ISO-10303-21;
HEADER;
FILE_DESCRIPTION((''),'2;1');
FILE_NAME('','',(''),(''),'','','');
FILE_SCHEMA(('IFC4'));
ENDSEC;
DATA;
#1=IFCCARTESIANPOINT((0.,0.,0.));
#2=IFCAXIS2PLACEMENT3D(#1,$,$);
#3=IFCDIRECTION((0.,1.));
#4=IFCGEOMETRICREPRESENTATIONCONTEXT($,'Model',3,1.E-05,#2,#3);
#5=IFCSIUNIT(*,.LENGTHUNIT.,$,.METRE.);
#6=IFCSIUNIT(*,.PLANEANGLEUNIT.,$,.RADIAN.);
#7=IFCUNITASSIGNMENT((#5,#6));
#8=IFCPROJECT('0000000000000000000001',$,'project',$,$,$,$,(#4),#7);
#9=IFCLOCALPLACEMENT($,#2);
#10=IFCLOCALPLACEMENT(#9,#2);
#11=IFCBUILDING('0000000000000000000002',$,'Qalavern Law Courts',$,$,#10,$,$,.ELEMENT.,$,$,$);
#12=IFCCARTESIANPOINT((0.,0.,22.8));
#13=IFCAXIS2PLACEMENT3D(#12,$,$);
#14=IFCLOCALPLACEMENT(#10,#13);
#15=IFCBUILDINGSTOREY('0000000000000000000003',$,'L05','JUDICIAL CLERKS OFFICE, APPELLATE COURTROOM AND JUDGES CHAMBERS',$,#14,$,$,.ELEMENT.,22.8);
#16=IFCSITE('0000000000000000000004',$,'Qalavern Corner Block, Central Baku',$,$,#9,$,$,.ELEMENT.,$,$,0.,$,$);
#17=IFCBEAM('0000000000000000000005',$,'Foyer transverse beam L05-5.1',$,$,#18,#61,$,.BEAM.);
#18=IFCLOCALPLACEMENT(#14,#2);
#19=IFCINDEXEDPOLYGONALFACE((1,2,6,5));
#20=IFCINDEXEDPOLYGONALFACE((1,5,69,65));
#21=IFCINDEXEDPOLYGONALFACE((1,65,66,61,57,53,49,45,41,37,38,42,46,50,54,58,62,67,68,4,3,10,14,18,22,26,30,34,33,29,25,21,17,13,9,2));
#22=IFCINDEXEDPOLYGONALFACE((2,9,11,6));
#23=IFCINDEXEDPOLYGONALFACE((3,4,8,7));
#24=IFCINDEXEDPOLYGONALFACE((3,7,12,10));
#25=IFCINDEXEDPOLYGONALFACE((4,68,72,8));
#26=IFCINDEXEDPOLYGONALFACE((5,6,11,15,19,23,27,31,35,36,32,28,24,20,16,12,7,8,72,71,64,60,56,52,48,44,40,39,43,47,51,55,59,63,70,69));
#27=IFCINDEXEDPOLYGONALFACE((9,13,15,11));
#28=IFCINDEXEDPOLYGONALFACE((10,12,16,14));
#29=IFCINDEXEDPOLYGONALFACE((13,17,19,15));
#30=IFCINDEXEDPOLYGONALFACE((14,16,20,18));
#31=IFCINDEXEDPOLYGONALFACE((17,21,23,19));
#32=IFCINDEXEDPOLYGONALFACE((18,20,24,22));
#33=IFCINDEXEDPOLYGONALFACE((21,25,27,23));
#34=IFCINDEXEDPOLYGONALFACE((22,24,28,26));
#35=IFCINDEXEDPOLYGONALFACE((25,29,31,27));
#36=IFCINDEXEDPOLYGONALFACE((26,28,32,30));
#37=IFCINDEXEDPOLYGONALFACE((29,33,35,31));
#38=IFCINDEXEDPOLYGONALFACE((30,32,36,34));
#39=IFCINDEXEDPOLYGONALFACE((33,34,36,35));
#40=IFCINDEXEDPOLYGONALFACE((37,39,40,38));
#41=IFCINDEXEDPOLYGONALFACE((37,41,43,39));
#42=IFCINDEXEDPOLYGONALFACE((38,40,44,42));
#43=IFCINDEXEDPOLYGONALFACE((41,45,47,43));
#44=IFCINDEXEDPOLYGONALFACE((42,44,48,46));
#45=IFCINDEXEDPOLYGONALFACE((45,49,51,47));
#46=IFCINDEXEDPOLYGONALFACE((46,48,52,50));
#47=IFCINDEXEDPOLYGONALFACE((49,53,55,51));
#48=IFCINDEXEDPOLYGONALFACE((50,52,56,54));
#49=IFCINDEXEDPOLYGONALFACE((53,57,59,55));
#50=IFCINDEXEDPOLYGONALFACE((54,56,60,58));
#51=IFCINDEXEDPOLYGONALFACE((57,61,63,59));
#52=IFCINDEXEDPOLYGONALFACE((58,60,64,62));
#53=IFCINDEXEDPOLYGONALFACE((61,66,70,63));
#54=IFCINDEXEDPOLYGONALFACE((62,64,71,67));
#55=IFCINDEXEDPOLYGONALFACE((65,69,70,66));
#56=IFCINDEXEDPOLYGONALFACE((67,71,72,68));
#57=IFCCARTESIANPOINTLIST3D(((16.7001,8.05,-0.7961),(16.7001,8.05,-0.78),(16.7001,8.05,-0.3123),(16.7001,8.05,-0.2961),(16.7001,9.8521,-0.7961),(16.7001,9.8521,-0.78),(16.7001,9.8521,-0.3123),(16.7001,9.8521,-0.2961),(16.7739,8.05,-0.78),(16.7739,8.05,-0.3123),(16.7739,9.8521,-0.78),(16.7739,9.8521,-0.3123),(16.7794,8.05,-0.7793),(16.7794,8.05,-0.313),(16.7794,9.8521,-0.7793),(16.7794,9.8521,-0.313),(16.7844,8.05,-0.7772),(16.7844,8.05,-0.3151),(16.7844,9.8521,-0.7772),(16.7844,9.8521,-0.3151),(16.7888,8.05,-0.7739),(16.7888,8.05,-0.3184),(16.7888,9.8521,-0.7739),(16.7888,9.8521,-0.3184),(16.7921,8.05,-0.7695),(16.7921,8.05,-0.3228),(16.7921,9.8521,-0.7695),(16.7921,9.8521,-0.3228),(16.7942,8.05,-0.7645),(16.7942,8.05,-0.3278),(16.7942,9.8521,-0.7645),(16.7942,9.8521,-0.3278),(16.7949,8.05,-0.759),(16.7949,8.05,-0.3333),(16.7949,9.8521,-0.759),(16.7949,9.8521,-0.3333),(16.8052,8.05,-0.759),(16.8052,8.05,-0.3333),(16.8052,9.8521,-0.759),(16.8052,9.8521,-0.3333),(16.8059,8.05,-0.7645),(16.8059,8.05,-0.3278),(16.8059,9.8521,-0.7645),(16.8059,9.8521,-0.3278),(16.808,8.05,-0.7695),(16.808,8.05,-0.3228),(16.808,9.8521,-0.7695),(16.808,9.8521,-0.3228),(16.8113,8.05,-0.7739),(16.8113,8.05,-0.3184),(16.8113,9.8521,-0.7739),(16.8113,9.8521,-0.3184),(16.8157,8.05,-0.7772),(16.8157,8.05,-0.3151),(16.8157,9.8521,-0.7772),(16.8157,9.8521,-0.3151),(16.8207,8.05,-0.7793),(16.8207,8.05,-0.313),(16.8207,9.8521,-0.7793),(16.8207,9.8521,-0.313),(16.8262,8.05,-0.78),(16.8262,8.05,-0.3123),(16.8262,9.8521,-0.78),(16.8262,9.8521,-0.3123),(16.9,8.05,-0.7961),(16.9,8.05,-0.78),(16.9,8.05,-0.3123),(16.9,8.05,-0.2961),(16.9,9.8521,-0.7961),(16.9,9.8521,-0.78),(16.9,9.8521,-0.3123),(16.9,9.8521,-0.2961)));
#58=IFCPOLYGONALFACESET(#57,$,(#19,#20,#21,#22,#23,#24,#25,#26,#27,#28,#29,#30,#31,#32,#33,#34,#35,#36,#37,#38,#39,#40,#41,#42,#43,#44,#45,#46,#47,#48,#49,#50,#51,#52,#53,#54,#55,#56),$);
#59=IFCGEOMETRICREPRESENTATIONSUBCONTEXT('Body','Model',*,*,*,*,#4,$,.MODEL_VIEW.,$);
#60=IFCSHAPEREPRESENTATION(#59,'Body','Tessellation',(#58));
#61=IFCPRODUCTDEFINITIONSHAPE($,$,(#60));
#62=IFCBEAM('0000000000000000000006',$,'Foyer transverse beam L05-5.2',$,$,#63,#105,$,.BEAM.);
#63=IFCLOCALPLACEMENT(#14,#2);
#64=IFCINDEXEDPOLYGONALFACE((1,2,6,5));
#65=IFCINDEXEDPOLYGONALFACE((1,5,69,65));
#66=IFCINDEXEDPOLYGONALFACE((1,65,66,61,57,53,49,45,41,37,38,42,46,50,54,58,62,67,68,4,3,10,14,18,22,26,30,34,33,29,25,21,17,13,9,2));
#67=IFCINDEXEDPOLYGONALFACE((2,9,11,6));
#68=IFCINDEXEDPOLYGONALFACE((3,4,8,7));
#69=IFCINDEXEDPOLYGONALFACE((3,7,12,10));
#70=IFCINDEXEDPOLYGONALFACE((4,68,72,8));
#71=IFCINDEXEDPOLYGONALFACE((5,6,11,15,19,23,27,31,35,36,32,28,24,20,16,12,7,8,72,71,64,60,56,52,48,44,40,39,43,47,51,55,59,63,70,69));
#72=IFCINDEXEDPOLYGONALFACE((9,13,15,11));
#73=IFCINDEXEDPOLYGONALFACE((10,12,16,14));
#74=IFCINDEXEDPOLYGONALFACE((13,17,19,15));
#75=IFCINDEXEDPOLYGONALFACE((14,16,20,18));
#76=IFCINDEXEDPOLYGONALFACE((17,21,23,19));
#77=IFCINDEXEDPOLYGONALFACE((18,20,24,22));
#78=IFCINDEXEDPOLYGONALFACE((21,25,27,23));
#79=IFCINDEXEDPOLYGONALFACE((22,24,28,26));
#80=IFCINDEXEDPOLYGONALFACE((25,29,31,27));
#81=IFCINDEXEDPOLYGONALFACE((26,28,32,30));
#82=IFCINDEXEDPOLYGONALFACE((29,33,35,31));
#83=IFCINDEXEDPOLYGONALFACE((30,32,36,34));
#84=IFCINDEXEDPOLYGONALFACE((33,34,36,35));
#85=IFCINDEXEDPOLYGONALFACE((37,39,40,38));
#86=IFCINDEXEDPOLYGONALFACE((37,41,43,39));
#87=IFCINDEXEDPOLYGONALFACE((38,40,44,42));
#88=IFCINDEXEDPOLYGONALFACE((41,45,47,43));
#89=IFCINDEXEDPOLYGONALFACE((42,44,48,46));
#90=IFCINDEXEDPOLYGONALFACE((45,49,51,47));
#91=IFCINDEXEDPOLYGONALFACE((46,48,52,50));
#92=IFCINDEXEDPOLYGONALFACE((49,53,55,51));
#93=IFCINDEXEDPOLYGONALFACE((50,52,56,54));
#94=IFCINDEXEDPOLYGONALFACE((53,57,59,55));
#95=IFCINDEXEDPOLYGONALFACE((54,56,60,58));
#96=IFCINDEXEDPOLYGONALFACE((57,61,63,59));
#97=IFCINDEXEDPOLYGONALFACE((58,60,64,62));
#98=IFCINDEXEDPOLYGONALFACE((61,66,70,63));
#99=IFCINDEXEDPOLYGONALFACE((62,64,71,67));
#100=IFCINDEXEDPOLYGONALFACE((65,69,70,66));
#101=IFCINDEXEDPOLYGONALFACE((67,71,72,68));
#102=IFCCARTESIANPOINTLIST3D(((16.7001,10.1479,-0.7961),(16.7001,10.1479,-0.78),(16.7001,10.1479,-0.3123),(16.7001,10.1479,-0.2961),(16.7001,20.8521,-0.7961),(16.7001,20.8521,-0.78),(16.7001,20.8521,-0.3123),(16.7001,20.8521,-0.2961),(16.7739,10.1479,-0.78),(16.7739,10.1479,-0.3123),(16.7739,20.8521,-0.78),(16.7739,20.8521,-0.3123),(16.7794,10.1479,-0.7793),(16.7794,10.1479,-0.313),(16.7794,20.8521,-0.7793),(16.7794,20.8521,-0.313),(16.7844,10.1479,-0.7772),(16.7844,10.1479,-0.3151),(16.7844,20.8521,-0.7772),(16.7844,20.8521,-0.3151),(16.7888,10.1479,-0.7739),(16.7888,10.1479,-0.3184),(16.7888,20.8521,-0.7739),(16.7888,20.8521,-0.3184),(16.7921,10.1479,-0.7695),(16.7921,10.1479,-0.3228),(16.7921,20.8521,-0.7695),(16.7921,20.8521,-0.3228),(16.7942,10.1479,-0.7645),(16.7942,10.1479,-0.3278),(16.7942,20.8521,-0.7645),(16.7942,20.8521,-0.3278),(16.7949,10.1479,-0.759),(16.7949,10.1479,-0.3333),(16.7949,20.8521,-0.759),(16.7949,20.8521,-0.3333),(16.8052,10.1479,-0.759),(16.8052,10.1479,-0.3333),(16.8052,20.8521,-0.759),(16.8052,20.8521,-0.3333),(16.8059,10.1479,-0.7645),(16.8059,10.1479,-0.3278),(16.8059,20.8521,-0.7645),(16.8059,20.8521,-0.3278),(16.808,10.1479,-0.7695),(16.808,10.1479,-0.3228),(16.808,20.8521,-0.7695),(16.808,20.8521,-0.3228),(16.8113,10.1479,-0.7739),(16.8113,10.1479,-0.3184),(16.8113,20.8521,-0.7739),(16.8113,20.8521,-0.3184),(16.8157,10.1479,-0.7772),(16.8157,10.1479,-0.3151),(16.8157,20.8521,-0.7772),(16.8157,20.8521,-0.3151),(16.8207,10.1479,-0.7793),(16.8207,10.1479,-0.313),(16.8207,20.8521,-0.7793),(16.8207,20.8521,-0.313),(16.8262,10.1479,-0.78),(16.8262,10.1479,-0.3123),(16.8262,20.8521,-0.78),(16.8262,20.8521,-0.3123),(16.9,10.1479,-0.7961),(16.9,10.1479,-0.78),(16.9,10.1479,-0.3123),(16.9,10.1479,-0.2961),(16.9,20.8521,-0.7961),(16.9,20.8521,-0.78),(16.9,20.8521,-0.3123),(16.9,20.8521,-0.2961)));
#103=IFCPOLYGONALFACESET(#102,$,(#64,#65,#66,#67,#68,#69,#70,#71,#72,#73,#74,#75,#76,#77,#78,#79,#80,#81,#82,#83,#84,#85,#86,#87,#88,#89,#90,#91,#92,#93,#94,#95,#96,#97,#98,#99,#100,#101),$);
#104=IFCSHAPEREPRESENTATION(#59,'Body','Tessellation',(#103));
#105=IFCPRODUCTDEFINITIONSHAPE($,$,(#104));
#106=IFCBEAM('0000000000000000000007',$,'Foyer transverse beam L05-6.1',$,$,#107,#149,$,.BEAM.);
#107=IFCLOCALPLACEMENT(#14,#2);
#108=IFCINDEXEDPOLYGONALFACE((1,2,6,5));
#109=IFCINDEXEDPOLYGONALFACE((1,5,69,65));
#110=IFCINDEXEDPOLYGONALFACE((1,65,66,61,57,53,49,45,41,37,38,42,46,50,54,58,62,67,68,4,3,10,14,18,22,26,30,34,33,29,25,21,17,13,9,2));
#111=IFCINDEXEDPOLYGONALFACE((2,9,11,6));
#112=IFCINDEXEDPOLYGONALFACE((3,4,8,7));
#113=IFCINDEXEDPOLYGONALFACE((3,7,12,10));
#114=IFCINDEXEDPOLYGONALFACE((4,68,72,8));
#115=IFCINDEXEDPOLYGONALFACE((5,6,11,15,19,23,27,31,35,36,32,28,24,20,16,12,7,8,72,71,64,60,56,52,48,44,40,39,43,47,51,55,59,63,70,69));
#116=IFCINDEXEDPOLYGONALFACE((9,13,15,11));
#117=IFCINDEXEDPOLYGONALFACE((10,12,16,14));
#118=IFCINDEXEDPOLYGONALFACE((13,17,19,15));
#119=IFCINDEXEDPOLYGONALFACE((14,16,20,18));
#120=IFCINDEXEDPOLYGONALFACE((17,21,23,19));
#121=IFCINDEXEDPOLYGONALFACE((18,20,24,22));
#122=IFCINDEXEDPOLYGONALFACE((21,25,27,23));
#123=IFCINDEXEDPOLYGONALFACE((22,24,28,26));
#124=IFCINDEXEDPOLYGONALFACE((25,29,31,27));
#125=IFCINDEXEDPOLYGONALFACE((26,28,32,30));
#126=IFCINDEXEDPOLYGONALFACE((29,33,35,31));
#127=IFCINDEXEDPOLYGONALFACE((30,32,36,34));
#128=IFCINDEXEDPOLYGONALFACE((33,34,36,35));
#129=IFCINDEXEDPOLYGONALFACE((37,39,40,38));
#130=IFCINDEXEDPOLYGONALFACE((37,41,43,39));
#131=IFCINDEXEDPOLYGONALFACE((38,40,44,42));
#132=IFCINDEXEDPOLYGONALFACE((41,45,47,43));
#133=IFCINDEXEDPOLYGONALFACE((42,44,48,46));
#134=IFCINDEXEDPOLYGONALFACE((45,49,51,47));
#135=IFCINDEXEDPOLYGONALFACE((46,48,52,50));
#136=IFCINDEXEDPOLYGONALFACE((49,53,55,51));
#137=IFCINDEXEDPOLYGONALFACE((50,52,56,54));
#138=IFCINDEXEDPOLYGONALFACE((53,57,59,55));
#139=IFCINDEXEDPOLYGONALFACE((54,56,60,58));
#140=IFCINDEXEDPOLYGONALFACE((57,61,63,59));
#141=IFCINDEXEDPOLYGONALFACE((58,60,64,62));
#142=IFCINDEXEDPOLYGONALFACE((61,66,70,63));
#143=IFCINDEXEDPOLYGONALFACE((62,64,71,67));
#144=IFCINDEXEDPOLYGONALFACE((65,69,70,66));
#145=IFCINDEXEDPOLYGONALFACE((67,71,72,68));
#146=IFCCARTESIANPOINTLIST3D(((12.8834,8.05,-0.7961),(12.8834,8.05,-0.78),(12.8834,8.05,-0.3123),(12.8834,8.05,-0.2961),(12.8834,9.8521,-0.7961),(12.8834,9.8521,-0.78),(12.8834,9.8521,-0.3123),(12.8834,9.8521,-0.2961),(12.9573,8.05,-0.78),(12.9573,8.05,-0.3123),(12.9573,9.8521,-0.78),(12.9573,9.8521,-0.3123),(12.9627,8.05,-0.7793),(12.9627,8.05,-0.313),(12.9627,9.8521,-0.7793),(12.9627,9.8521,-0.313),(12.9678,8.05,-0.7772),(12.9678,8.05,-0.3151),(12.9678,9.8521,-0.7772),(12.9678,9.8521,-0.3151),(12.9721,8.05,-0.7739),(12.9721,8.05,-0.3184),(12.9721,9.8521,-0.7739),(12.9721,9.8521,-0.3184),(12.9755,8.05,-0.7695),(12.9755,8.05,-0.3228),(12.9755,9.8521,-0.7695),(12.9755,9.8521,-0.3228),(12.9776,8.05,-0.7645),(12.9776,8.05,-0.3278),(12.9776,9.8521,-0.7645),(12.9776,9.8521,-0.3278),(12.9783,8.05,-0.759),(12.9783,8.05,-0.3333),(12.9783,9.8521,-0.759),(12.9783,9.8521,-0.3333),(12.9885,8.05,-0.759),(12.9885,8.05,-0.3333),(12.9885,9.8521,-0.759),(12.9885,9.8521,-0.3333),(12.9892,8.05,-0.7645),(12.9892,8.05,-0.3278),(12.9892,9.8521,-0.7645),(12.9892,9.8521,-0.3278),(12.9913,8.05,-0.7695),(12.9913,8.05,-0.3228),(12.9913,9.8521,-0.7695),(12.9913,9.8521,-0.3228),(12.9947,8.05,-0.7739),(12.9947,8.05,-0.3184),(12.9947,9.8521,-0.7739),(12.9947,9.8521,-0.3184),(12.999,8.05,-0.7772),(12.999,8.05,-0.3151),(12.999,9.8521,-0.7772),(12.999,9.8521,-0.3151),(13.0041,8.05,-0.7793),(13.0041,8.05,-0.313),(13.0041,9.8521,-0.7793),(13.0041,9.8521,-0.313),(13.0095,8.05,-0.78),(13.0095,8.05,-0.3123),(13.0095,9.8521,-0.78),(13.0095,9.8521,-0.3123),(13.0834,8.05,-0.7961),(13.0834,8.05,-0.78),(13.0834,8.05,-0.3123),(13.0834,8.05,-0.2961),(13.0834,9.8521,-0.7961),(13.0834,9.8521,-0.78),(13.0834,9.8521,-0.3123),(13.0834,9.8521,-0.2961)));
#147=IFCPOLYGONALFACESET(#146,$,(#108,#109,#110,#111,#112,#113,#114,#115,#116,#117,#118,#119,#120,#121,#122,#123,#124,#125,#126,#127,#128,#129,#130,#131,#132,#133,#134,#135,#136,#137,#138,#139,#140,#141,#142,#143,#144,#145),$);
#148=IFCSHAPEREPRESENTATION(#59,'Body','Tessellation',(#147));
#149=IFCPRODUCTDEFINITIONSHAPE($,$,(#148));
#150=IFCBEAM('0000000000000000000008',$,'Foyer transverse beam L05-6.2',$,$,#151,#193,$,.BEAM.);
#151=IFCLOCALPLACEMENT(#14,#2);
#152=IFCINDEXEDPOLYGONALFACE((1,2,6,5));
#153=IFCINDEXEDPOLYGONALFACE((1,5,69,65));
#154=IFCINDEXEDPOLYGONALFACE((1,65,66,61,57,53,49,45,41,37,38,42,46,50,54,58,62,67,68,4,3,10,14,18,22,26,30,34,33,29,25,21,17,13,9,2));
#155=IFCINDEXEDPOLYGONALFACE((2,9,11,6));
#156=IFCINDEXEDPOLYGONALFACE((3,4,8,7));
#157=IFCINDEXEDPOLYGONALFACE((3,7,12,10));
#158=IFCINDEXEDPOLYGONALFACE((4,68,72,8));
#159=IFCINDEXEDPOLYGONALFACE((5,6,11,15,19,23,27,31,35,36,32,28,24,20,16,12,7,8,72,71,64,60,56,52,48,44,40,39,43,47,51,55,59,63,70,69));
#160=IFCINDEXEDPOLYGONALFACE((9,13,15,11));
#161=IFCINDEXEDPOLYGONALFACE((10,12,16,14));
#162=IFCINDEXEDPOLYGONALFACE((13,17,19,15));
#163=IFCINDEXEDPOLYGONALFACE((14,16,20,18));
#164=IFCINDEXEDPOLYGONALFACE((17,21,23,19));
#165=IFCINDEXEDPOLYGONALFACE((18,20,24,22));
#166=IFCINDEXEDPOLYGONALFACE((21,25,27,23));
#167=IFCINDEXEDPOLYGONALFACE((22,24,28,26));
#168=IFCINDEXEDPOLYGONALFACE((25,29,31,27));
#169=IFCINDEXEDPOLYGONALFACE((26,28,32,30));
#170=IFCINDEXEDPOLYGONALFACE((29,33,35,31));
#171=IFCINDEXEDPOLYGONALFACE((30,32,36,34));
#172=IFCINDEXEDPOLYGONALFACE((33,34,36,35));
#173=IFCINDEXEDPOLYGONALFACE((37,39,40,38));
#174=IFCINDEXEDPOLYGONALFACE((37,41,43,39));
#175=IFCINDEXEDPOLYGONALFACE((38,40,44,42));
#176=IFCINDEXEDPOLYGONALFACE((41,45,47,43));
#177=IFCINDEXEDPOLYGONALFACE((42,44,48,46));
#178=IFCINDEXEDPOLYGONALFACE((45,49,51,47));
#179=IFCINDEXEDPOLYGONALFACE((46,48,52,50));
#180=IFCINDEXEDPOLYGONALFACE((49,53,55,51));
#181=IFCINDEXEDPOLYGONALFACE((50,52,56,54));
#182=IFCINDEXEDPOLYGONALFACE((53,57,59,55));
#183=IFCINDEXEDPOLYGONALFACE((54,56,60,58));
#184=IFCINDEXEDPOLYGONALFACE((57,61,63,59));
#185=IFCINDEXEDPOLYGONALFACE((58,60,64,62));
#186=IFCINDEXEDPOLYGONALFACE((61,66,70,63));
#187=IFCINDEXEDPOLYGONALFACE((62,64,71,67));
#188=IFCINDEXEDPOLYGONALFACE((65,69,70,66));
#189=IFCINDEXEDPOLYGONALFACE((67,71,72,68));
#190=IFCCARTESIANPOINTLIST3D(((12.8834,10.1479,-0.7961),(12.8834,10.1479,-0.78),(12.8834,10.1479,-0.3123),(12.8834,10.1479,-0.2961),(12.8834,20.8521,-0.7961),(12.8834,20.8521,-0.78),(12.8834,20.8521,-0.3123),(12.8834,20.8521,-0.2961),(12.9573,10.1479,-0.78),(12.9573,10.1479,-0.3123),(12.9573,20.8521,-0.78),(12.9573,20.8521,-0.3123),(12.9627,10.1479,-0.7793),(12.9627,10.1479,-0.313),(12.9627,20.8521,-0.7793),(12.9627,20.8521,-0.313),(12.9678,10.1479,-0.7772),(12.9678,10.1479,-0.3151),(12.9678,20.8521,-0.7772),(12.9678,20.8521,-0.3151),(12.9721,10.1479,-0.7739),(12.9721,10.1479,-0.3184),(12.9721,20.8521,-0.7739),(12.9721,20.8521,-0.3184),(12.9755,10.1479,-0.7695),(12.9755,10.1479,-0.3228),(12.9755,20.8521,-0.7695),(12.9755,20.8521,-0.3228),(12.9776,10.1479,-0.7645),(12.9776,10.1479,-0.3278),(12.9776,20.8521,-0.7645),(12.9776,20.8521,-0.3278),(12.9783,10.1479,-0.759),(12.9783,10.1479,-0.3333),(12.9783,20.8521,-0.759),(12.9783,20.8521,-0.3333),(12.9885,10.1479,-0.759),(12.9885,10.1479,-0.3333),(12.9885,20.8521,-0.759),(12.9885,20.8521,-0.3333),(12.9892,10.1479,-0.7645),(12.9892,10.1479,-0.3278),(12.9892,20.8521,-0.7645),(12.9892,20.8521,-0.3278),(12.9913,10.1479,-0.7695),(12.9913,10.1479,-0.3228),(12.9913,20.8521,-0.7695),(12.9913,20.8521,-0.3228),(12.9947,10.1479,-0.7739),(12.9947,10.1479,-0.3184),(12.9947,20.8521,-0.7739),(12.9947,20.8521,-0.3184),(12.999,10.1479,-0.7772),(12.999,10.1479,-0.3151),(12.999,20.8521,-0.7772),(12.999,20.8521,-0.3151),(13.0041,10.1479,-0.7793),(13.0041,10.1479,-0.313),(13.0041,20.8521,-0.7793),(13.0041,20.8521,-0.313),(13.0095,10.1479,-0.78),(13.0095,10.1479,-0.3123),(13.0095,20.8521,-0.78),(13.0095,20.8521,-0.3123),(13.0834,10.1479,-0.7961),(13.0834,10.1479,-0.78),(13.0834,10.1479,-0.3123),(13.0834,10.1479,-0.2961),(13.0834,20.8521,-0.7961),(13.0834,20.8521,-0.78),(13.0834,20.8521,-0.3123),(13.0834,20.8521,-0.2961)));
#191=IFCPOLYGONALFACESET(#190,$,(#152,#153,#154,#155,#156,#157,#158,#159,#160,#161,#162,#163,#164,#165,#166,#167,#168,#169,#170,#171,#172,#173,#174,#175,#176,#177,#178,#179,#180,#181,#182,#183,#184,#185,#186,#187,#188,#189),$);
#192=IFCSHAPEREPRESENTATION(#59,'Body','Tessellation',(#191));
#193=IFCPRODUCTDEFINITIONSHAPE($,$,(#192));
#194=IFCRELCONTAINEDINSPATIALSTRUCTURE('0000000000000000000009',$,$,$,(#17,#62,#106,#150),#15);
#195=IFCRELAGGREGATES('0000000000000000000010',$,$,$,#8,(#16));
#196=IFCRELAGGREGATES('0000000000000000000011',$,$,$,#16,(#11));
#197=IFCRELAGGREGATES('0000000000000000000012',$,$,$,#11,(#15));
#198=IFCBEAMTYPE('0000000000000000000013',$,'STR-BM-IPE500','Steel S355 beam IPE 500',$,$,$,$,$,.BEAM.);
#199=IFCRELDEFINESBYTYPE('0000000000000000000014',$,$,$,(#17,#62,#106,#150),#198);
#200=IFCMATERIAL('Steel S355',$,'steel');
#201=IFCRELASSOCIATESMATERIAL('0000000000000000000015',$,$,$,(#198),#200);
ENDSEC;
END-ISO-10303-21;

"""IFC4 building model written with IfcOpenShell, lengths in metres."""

from ifc_helpers import new_model, si_unit, direction, frame, origin, origin_2d, place, context, subcontext, project, spatial, i_section, extrude, material, material_profile, profile_set, type_object, element, save


model = new_model("IFC4")

# Units and contexts
model_context = context("Model", 3, precision=1e-05, world=origin(), true_north=direction((0.0, 1.0)))
body_context = subcontext(model_context, "Body", "Model", "MODEL_VIEW")
ifc_project = project(units=[si_unit("LENGTHUNIT", "METRE"), si_unit("PLANEANGLEUNIT", "RADIAN")], contexts=[model_context])

# Site, building, storey
site_placement = place(None, origin())
site = spatial("IfcSite", under=ifc_project, at=site_placement, Name="Qalavern Corner Block, Central Baku", CompositionType="ELEMENT", RefElevation=0.0)
building_placement = place(site_placement, origin())
building = spatial("IfcBuilding", under=site, at=building_placement, Name="Qalavern Law Courts", CompositionType="ELEMENT")
storey_placement = place(building_placement, frame((0.0, 0.0, 22.8)))
storey = spatial("IfcBuildingStorey", under=building, at=storey_placement, Name="L05", Description="JUDICIAL CLERKS OFFICE, APPELLATE COURTROOM AND JUDGES CHAMBERS", CompositionType="ELEMENT", Elevation=22.8)

# Beams
ifc_material_1 = material(Name="Steel S355", Category="steel")
ifc_material_profile_1 = material_profile(ifc_material_1, i_section(OverallWidth=0.2, OverallDepth=0.5, WebThickness=0.0103, FlangeThickness=0.0161, FilletRadius=0.021, at=origin_2d()), Name="IPE 500")
ifc_profile_set_1 = profile_set([ifc_material_profile_1], Name="Steel S355")
beam_type_1 = type_object("IfcBeamType", Name="STR-BM-IPE500", Description="Steel S355 beam IPE 500", PredefinedType="BEAM", material=ifc_profile_set_1)
beam_1_placement = place(storey_placement, frame((16.8, 8.05, -0.5461), z_axis=(0.0, 1.0, 0.0), x_axis=(-1.0, 0.0, 0.0)))
element("IfcBeam", 1, at=beam_1_placement, inside=storey, type_object=beam_type_1, Name="Foyer transverse beam L05-5.1", PredefinedType="BEAM", context=body_context, shape_type="SweptSolid", body=[
    extrude(i_section(OverallWidth=0.2, OverallDepth=0.5, WebThickness=0.0103, FlangeThickness=0.0161, FilletRadius=0.021, at=origin_2d()), origin(), (0.0, 0.0, 1.0), 1.802),
])
beam_2_placement = place(storey_placement, frame((16.8, 10.1479, -0.5461), z_axis=(0.0, 1.0, 0.0), x_axis=(-1.0, 0.0, 0.0)))
element("IfcBeam", 2, at=beam_2_placement, inside=storey, type_object=beam_type_1, Name="Foyer transverse beam L05-5.2", PredefinedType="BEAM", context=body_context, shape_type="SweptSolid", body=[
    extrude(i_section(OverallWidth=0.2, OverallDepth=0.5, WebThickness=0.0103, FlangeThickness=0.0161, FilletRadius=0.021, at=origin_2d()), origin(), (0.0, 0.0, 1.0), 10.7041),
])
beam_3_placement = place(storey_placement, frame((12.9834, 8.05, -0.5461), z_axis=(0.0, 1.0, 0.0), x_axis=(-1.0, 0.0, 0.0)))
element("IfcBeam", 3, at=beam_3_placement, inside=storey, type_object=beam_type_1, Name="Foyer transverse beam L05-6.1", PredefinedType="BEAM", context=body_context, shape_type="SweptSolid", body=[
    extrude(i_section(OverallWidth=0.2, OverallDepth=0.5, WebThickness=0.0103, FlangeThickness=0.0161, FilletRadius=0.021, at=origin_2d()), origin(), (0.0, 0.0, 1.0), 1.802),
])
beam_4_placement = place(storey_placement, frame((12.9834, 10.1479, -0.5461), z_axis=(0.0, 1.0, 0.0), x_axis=(-1.0, 0.0, 0.0)))
element("IfcBeam", 4, at=beam_4_placement, inside=storey, type_object=beam_type_1, Name="Foyer transverse beam L05-6.2", PredefinedType="BEAM", context=body_context, shape_type="SweptSolid", body=[
    extrude(i_section(OverallWidth=0.2, OverallDepth=0.5, WebThickness=0.0103, FlangeThickness=0.0161, FilletRadius=0.021, at=origin_2d()), origin(), (0.0, 0.0, 1.0), 10.7041),
])

save(model, "model.ifc")
